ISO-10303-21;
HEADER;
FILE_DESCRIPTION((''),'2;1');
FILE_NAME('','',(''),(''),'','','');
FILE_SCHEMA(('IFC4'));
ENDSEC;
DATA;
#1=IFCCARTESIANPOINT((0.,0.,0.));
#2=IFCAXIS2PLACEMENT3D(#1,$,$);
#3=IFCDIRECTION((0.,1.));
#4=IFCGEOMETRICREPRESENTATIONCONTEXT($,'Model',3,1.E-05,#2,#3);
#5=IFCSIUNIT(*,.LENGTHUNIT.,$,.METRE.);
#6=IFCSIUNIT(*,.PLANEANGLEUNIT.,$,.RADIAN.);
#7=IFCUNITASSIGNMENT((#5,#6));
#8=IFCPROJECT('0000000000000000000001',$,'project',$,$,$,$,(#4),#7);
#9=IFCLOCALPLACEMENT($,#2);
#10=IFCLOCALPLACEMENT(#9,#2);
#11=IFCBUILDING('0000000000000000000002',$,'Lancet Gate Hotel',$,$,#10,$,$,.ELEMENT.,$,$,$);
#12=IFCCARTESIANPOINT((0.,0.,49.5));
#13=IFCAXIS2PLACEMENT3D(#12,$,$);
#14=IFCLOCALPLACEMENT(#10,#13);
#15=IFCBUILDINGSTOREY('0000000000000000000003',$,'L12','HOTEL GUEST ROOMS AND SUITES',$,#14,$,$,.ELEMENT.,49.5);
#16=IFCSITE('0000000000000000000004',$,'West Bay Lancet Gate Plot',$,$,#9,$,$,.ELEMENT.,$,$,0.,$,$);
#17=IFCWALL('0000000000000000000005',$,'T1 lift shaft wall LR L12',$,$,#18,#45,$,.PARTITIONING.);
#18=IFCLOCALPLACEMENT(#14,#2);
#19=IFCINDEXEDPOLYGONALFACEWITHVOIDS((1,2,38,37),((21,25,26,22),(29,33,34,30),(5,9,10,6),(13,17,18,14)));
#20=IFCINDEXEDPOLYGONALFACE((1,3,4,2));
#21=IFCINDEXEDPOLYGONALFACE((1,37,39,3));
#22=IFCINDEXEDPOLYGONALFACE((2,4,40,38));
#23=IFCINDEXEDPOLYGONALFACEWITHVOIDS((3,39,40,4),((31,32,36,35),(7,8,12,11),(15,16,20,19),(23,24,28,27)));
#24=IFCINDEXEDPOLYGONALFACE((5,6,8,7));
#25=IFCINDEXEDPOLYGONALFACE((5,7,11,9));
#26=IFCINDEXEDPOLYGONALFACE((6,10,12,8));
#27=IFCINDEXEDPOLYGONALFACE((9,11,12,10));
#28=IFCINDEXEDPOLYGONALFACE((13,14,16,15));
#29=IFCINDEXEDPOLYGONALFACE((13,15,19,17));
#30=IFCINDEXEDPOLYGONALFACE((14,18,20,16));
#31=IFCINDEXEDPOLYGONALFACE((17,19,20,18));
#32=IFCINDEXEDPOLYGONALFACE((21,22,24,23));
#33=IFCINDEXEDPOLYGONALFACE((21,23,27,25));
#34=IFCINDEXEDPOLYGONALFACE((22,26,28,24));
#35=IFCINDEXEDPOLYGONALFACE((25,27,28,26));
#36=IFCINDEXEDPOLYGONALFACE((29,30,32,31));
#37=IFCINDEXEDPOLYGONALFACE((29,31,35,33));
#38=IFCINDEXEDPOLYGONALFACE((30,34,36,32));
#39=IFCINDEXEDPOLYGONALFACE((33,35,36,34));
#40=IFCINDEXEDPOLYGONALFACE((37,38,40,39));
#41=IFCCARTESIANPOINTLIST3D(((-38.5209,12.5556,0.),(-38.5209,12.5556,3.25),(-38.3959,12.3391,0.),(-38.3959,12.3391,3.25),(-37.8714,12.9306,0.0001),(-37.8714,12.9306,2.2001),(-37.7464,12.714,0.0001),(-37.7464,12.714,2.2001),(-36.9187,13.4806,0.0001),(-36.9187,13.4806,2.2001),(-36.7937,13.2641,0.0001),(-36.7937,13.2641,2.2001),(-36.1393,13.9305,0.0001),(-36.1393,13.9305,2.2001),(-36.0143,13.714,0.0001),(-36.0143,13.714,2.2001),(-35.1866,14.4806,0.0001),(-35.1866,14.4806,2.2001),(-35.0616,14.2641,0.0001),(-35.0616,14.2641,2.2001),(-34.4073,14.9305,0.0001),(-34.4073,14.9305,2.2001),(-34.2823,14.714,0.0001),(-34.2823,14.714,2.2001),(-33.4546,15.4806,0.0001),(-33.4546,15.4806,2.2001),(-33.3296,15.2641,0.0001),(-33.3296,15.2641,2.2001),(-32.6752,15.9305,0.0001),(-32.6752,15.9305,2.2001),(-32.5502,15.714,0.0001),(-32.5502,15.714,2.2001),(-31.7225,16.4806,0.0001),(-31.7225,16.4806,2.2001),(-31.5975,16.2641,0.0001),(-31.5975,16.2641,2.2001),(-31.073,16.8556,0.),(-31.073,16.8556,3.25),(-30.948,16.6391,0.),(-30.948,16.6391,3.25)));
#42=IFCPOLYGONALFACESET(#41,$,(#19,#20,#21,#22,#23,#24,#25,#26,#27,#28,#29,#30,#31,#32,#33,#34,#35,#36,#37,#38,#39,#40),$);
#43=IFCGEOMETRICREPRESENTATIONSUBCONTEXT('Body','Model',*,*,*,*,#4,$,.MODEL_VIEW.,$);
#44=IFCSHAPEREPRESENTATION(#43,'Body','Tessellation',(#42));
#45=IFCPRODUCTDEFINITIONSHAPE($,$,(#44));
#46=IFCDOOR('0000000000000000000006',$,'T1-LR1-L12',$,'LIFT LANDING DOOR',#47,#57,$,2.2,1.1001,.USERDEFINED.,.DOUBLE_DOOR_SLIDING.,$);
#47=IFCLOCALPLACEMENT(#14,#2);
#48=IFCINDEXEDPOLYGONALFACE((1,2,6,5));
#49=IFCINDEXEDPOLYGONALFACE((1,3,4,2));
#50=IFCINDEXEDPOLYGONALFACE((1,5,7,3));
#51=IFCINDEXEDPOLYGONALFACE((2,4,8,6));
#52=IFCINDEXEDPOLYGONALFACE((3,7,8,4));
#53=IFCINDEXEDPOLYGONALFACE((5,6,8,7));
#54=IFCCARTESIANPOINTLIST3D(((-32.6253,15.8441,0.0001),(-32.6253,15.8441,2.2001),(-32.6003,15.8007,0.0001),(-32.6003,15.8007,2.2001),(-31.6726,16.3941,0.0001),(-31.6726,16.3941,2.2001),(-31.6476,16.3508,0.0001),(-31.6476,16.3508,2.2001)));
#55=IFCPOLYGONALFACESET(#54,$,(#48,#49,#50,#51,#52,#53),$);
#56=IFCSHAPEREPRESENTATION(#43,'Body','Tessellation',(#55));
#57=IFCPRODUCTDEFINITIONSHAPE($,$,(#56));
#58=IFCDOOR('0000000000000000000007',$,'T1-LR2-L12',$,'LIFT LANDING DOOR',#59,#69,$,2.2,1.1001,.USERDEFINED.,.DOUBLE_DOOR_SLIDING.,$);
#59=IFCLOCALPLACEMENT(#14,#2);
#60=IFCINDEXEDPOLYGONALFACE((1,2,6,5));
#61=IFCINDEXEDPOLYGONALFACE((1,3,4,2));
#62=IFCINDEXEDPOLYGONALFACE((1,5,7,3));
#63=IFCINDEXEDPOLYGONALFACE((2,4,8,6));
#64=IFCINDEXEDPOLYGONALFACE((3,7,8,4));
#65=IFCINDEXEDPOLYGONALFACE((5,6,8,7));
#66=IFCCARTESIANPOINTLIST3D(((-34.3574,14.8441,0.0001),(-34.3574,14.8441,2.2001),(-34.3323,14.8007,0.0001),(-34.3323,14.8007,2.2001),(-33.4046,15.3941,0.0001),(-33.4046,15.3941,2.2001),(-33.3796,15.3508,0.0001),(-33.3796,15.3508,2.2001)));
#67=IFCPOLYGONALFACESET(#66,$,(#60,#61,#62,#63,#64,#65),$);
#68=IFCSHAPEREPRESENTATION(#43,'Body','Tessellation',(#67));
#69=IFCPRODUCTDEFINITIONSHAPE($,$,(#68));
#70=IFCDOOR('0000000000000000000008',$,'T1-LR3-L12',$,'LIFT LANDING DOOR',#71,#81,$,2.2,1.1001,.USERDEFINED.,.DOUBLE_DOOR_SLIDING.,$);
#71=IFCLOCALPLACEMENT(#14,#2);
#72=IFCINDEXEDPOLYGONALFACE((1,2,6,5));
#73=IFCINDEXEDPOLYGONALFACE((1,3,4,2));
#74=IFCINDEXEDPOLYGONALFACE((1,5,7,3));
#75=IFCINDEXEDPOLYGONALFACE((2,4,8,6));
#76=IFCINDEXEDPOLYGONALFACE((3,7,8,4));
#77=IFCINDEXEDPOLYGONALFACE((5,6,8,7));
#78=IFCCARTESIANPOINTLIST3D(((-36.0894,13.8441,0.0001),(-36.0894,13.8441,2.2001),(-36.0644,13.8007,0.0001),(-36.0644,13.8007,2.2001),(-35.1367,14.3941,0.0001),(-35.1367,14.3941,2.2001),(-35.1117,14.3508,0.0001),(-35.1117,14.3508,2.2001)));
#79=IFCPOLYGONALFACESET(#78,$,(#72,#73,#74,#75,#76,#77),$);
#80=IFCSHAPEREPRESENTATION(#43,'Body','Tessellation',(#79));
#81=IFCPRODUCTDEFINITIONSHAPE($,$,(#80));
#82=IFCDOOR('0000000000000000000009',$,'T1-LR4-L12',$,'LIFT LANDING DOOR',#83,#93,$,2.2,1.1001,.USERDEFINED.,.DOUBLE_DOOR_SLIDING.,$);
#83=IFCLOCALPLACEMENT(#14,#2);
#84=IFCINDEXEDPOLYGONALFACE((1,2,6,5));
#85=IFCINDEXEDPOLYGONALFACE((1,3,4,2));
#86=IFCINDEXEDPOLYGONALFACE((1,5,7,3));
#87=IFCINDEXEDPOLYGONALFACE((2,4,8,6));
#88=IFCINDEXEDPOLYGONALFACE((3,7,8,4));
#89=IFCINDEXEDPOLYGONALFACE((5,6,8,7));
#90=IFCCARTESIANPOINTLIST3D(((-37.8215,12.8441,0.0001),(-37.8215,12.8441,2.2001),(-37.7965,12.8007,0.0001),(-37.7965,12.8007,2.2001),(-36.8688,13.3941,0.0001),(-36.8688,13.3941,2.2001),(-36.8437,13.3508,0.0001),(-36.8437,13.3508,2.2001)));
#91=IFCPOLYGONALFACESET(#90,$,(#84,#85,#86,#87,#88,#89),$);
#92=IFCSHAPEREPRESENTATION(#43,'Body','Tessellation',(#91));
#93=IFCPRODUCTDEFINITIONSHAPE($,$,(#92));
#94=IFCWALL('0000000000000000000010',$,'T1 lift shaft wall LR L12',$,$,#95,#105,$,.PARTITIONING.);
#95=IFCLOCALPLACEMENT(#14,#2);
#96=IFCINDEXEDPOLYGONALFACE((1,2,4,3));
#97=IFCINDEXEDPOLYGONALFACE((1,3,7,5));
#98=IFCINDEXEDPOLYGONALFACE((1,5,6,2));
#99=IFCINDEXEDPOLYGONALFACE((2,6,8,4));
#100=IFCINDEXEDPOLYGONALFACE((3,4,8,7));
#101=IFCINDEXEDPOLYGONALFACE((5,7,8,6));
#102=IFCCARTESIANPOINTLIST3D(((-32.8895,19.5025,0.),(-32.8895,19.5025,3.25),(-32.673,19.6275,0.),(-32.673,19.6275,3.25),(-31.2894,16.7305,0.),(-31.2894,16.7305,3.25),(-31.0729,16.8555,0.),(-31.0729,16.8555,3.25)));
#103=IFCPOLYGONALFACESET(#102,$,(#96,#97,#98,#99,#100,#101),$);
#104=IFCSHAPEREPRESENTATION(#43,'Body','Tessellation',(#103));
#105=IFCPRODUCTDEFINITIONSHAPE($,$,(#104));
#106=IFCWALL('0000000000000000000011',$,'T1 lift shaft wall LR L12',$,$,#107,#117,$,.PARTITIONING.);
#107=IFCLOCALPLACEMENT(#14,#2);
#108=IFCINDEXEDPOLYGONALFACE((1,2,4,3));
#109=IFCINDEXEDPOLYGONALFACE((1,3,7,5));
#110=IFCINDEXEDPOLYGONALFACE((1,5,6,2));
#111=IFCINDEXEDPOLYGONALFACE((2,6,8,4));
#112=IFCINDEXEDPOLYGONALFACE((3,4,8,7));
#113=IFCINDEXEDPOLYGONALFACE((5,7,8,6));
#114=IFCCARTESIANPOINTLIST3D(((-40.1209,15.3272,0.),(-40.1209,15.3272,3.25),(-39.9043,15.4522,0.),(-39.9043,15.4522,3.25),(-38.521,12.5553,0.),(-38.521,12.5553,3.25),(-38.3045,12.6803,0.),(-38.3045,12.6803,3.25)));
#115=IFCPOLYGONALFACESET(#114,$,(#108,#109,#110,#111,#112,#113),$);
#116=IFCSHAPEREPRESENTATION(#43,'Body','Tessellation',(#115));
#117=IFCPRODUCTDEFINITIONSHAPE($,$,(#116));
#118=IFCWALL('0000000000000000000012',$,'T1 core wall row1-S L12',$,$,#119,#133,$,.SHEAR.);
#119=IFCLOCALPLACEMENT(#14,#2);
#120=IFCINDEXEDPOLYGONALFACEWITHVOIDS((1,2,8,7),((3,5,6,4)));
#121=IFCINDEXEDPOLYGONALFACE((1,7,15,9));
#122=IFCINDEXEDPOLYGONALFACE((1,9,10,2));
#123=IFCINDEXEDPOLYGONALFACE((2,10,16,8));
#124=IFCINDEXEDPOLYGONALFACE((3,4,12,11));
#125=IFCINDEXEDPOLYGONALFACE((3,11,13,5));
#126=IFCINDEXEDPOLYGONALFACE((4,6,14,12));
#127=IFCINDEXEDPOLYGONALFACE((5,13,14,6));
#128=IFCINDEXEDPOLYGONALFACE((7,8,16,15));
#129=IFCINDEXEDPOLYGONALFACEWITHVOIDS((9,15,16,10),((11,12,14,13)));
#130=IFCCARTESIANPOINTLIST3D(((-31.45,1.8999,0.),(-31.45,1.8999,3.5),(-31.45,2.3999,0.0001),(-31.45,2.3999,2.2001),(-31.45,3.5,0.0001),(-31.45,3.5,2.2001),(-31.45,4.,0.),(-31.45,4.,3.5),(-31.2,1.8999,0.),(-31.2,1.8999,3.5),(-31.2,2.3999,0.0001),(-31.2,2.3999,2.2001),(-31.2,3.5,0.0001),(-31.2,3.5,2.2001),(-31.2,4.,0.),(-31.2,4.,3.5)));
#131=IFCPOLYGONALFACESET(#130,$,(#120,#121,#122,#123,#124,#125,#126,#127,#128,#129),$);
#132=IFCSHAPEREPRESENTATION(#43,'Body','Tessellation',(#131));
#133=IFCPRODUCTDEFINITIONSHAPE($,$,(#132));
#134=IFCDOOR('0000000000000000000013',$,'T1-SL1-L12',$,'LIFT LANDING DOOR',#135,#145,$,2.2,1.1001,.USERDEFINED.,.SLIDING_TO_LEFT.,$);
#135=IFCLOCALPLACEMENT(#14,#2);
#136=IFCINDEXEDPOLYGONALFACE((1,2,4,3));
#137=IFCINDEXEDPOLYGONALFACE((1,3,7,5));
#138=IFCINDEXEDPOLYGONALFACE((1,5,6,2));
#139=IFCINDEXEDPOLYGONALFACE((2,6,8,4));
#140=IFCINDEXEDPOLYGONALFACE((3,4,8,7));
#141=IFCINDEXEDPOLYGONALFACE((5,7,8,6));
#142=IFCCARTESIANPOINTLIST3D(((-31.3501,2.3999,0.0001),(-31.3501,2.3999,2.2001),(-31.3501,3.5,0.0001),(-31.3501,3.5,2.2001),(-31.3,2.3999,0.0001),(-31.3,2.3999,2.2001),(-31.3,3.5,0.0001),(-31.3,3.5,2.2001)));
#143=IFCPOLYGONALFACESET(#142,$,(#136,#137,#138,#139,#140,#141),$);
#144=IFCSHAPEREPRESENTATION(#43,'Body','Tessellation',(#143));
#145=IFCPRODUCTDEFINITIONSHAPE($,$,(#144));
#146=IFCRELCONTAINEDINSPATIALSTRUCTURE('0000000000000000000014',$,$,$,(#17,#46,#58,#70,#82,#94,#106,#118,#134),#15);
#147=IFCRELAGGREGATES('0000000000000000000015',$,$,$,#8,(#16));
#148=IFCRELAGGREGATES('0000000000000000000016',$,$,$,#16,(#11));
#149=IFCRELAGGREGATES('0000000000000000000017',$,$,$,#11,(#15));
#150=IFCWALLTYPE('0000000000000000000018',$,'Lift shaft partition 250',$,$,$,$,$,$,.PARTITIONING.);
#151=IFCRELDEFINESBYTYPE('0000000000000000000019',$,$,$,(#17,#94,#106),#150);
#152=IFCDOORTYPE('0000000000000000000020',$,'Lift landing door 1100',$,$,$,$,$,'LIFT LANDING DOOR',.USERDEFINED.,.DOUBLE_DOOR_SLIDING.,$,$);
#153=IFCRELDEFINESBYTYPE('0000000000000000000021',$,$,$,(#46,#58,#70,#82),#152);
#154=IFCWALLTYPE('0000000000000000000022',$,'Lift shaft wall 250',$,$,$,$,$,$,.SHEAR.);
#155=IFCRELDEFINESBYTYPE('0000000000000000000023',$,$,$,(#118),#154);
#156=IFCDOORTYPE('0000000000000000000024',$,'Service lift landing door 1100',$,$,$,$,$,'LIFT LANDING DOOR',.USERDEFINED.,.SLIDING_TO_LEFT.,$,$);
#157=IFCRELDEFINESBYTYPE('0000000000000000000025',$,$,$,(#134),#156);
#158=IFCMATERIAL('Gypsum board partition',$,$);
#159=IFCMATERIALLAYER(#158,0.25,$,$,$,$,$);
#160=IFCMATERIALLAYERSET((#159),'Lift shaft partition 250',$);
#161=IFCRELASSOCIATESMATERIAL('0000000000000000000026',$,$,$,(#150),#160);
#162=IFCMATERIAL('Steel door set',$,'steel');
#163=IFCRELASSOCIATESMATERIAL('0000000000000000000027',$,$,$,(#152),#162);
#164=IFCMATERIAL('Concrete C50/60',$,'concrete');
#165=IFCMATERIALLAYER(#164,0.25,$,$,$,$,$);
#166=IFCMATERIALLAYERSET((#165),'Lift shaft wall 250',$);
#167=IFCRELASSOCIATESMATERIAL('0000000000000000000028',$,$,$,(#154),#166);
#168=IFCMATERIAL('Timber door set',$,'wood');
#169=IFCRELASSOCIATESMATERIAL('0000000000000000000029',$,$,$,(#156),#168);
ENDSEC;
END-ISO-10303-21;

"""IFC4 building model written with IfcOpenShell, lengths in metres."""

from ifc_helpers import new_model, si_unit, direction, frame, frame_2d, origin, place, context, subcontext, project, spatial, rectangle, extrude, material, layer, layer_set, type_object, element, fill, save


model = new_model("IFC4")

# Units and contexts
model_context = context("Model", 3, precision=1e-05, world=origin(), true_north=direction((0.0, 1.0)))
body_context = subcontext(model_context, "Body", "Model", "MODEL_VIEW")
ifc_project = project(units=[si_unit("LENGTHUNIT", "METRE"), si_unit("PLANEANGLEUNIT", "RADIAN")], contexts=[model_context])

# Site, building, storey
site_placement = place(None, origin())
site = spatial("IfcSite", under=ifc_project, at=site_placement, Name="West Bay Lancet Gate Plot", CompositionType="ELEMENT", RefElevation=0.0)
building_placement = place(site_placement, origin())
building = spatial("IfcBuilding", under=site, at=building_placement, Name="Lancet Gate Hotel", CompositionType="ELEMENT")
storey_placement = place(building_placement, frame((0.0, 0.0, 49.5)))
storey = spatial("IfcBuildingStorey", under=building, at=storey_placement, Name="L12", Description="HOTEL GUEST ROOMS AND SUITES", CompositionType="ELEMENT", Elevation=49.5)

# Wall, openings, doors
ifc_material_1 = material(Name="Gypsum board partition")
ifc_layer_1 = layer(ifc_material_1, 0.25)
ifc_layer_set_1 = layer_set([ifc_layer_1], Name="Lift shaft partition 250")
wall_type_1 = type_object("IfcWallType", Name="Lift shaft partition 250", PredefinedType="PARTITIONING", material=ifc_layer_set_1)
wall_1_placement = place(storey_placement, frame((-31.0105, 16.7473, 0.0), z_axis=(0.0, 0.0, 1.0), x_axis=(-0.866028, -0.499995, 0.0)))
wall_1 = element("IfcWall", 1, at=wall_1_placement, inside=storey, type_object=wall_type_1, Name="T1 lift shaft wall LR L12", PredefinedType="PARTITIONING", context=body_context, shape_type="SweptSolid", body=[
    extrude(rectangle(XDim=8.6001, YDim=0.25, at=frame_2d((4.3, 0.0))), origin(), (0.0, 0.0, 1.0), 3.25),
])
opening_1_placement = place(wall_1_placement, frame((0.75, 0.0, 0.0)))
opening_1 = element("IfcOpeningElement", 2, at=opening_1_placement, cuts=wall_1, PredefinedType="OPENING", context=body_context, shape_type="SweptSolid", body=[
    extrude(rectangle(XDim=1.1001, YDim=2.2, at=frame_2d((0.55, 1.1001))), frame((0.0, 0.135, 0.0), z_axis=(0.0, -1.0, 0.0), x_axis=(1.0, 0.0, 0.0)), (0.0, 0.0, 1.0), 0.27),
])
opening_2_placement = place(wall_1_placement, frame((2.75, 0.0, 0.0)))
opening_2 = element("IfcOpeningElement", 3, at=opening_2_placement, cuts=wall_1, PredefinedType="OPENING", context=body_context, shape_type="SweptSolid", body=[
    extrude(rectangle(XDim=1.1001, YDim=2.2, at=frame_2d((0.55, 1.1001))), frame((0.0, 0.135, 0.0), z_axis=(0.0, -1.0, 0.0), x_axis=(1.0, 0.0, 0.0)), (0.0, 0.0, 1.0), 0.27),
])
opening_3_placement = place(wall_1_placement, frame((4.75, 0.0, 0.0)))
opening_3 = element("IfcOpeningElement", 4, at=opening_3_placement, cuts=wall_1, PredefinedType="OPENING", context=body_context, shape_type="SweptSolid", body=[
    extrude(rectangle(XDim=1.1001, YDim=2.2, at=frame_2d((0.55, 1.1001))), frame((0.0, 0.135, 0.0), z_axis=(0.0, -1.0, 0.0), x_axis=(1.0, 0.0, 0.0)), (0.0, 0.0, 1.0), 0.27),
])
opening_4_placement = place(wall_1_placement, frame((6.75, 0.0, 0.0)))
opening_4 = element("IfcOpeningElement", 5, at=opening_4_placement, cuts=wall_1, PredefinedType="OPENING", context=body_context, shape_type="SweptSolid", body=[
    extrude(rectangle(XDim=1.1001, YDim=2.2, at=frame_2d((0.55, 1.1001))), frame((0.0, 0.135, 0.0), z_axis=(0.0, -1.0, 0.0), x_axis=(1.0, 0.0, 0.0)), (0.0, 0.0, 1.0), 0.27),
])
ifc_material_2 = material(Name="Steel door set", Category="steel")
door_type_1 = type_object("IfcDoorType", Name="Lift landing door 1100", ElementType="LIFT LANDING DOOR", OperationType="DOUBLE_DOOR_SLIDING", PredefinedType="USERDEFINED", material=ifc_material_2)
door_1_placement = place(opening_1_placement, origin())
door_1 = element("IfcDoor", 6, at=door_1_placement, inside=storey, type_object=door_type_1, Name="T1-LR1-L12", ObjectType="LIFT LANDING DOOR", OperationType="DOUBLE_DOOR_SLIDING", OverallHeight=2.2, OverallWidth=1.1001, PredefinedType="USERDEFINED", context=body_context, shape_type="SweptSolid", body=[
    extrude(rectangle(XDim=1.1001, YDim=2.2, at=frame_2d((0.55, 1.1001))), frame((0.0, 0.0249, 0.0), z_axis=(0.0, -1.0, 0.0), x_axis=(1.0, 0.0, 0.0)), (0.0, 0.0, 1.0), 0.05),
])
fill(opening_1, door_1)
door_2_placement = place(opening_2_placement, origin())
door_2 = element("IfcDoor", 7, at=door_2_placement, inside=storey, type_object=door_type_1, Name="T1-LR2-L12", ObjectType="LIFT LANDING DOOR", OperationType="DOUBLE_DOOR_SLIDING", OverallHeight=2.2, OverallWidth=1.1001, PredefinedType="USERDEFINED", context=body_context, shape_type="SweptSolid", body=[
    extrude(rectangle(XDim=1.1001, YDim=2.2, at=frame_2d((0.55, 1.1001))), frame((0.0, 0.0249, 0.0), z_axis=(0.0, -1.0, 0.0), x_axis=(1.0, 0.0, 0.0)), (0.0, 0.0, 1.0), 0.05),
])
fill(opening_2, door_2)
door_3_placement = place(opening_3_placement, origin())
door_3 = element("IfcDoor", 8, at=door_3_placement, inside=storey, type_object=door_type_1, Name="T1-LR3-L12", ObjectType="LIFT LANDING DOOR", OperationType="DOUBLE_DOOR_SLIDING", OverallHeight=2.2, OverallWidth=1.1001, PredefinedType="USERDEFINED", context=body_context, shape_type="SweptSolid", body=[
    extrude(rectangle(XDim=1.1001, YDim=2.2, at=frame_2d((0.55, 1.1001))), frame((0.0, 0.0249, 0.0), z_axis=(0.0, -1.0, 0.0), x_axis=(1.0, 0.0, 0.0)), (0.0, 0.0, 1.0), 0.05),
])
fill(opening_3, door_3)
door_4_placement = place(opening_4_placement, origin())
door_4 = element("IfcDoor", 9, at=door_4_placement, inside=storey, type_object=door_type_1, Name="T1-LR4-L12", ObjectType="LIFT LANDING DOOR", OperationType="DOUBLE_DOOR_SLIDING", OverallHeight=2.2, OverallWidth=1.1001, PredefinedType="USERDEFINED", context=body_context, shape_type="SweptSolid", body=[
    extrude(rectangle(XDim=1.1001, YDim=2.2, at=frame_2d((0.55, 1.1001))), frame((0.0, 0.0249, 0.0), z_axis=(0.0, -1.0, 0.0), x_axis=(1.0, 0.0, 0.0)), (0.0, 0.0, 1.0), 0.05),
])
fill(opening_4, door_4)

# Walls
wall_2_placement = place(storey_placement, frame((-31.1812, 16.793, 0.0), z_axis=(0.0, 0.0, 1.0), x_axis=(-0.499929, 0.866066, 0.0)))
element("IfcWall", 10, at=wall_2_placement, inside=storey, type_object=wall_type_1, Name="T1 lift shaft wall LR L12", PredefinedType="PARTITIONING", context=body_context, shape_type="SweptSolid", body=[
    extrude(rectangle(XDim=3.2007, YDim=0.25, at=frame_2d((1.6003, 0.0))), origin(), (0.0, 0.0, 1.0), 3.25),
])
wall_3_placement = place(storey_placement, frame((-38.4128, 12.6179, 0.0), z_axis=(0.0, 0.0, 1.0), x_axis=(-0.499872, 0.866099, 0.0)))
element("IfcWall", 11, at=wall_3_placement, inside=storey, type_object=wall_type_1, Name="T1 lift shaft wall LR L12", PredefinedType="PARTITIONING", context=body_context, shape_type="SweptSolid", body=[
    extrude(rectangle(XDim=3.2004, YDim=0.25, at=frame_2d((1.6001, 0.0))), origin(), (0.0, 0.0, 1.0), 3.25),
])

# Wall, opening, door
ifc_material_3 = material(Name="Concrete C50/60", Category="concrete")
ifc_layer_2 = layer(ifc_material_3, 0.25)
ifc_layer_set_2 = layer_set([ifc_layer_2], Name="Lift shaft wall 250")
wall_type_2 = type_object("IfcWallType", Name="Lift shaft wall 250", PredefinedType="SHEAR", material=ifc_layer_set_2)
wall_4_placement = place(storey_placement, frame((-31.325, 4.0, 0.0), z_axis=(0.0, 0.0, 1.0), x_axis=(0.0, -1.0, 0.0)))
wall_4 = element("IfcWall", 12, at=wall_4_placement, inside=storey, type_object=wall_type_2, Name="T1 core wall row1-S L12", PredefinedType="SHEAR", context=body_context, shape_type="SweptSolid", body=[
    extrude(rectangle(XDim=2.1001, YDim=0.25, at=frame_2d((1.05, 0.0))), origin(), (0.0, 0.0, 1.0), 3.5),
])
opening_5_placement = place(wall_4_placement, frame((0.5, 0.0, 0.0)))
opening_5 = element("IfcOpeningElement", 13, at=opening_5_placement, cuts=wall_4, PredefinedType="OPENING", context=body_context, shape_type="SweptSolid", body=[
    extrude(rectangle(XDim=1.1001, YDim=2.2, at=frame_2d((0.55, 1.1001))), frame((0.0, 0.135, 0.0), z_axis=(0.0, -1.0, 0.0), x_axis=(1.0, 0.0, 0.0)), (0.0, 0.0, 1.0), 0.27),
])
ifc_material_4 = material(Name="Timber door set", Category="wood")
door_type_2 = type_object("IfcDoorType", Name="Service lift landing door 1100", ElementType="LIFT LANDING DOOR", OperationType="SLIDING_TO_LEFT", PredefinedType="USERDEFINED", material=ifc_material_4)
door_5_placement = place(opening_5_placement, origin())
door_5 = element("IfcDoor", 14, at=door_5_placement, inside=storey, type_object=door_type_2, Name="T1-SL1-L12", ObjectType="LIFT LANDING DOOR", OperationType="SLIDING_TO_LEFT", OverallHeight=2.2, OverallWidth=1.1001, PredefinedType="USERDEFINED", context=body_context, shape_type="SweptSolid", body=[
    extrude(rectangle(XDim=1.1001, YDim=2.2, at=frame_2d((0.55, 1.1001))), frame((0.0, 0.0249, 0.0), z_axis=(0.0, -1.0, 0.0), x_axis=(1.0, 0.0, 0.0)), (0.0, 0.0, 1.0), 0.05),
])
fill(opening_5, door_5)

save(model, "model.ifc")
